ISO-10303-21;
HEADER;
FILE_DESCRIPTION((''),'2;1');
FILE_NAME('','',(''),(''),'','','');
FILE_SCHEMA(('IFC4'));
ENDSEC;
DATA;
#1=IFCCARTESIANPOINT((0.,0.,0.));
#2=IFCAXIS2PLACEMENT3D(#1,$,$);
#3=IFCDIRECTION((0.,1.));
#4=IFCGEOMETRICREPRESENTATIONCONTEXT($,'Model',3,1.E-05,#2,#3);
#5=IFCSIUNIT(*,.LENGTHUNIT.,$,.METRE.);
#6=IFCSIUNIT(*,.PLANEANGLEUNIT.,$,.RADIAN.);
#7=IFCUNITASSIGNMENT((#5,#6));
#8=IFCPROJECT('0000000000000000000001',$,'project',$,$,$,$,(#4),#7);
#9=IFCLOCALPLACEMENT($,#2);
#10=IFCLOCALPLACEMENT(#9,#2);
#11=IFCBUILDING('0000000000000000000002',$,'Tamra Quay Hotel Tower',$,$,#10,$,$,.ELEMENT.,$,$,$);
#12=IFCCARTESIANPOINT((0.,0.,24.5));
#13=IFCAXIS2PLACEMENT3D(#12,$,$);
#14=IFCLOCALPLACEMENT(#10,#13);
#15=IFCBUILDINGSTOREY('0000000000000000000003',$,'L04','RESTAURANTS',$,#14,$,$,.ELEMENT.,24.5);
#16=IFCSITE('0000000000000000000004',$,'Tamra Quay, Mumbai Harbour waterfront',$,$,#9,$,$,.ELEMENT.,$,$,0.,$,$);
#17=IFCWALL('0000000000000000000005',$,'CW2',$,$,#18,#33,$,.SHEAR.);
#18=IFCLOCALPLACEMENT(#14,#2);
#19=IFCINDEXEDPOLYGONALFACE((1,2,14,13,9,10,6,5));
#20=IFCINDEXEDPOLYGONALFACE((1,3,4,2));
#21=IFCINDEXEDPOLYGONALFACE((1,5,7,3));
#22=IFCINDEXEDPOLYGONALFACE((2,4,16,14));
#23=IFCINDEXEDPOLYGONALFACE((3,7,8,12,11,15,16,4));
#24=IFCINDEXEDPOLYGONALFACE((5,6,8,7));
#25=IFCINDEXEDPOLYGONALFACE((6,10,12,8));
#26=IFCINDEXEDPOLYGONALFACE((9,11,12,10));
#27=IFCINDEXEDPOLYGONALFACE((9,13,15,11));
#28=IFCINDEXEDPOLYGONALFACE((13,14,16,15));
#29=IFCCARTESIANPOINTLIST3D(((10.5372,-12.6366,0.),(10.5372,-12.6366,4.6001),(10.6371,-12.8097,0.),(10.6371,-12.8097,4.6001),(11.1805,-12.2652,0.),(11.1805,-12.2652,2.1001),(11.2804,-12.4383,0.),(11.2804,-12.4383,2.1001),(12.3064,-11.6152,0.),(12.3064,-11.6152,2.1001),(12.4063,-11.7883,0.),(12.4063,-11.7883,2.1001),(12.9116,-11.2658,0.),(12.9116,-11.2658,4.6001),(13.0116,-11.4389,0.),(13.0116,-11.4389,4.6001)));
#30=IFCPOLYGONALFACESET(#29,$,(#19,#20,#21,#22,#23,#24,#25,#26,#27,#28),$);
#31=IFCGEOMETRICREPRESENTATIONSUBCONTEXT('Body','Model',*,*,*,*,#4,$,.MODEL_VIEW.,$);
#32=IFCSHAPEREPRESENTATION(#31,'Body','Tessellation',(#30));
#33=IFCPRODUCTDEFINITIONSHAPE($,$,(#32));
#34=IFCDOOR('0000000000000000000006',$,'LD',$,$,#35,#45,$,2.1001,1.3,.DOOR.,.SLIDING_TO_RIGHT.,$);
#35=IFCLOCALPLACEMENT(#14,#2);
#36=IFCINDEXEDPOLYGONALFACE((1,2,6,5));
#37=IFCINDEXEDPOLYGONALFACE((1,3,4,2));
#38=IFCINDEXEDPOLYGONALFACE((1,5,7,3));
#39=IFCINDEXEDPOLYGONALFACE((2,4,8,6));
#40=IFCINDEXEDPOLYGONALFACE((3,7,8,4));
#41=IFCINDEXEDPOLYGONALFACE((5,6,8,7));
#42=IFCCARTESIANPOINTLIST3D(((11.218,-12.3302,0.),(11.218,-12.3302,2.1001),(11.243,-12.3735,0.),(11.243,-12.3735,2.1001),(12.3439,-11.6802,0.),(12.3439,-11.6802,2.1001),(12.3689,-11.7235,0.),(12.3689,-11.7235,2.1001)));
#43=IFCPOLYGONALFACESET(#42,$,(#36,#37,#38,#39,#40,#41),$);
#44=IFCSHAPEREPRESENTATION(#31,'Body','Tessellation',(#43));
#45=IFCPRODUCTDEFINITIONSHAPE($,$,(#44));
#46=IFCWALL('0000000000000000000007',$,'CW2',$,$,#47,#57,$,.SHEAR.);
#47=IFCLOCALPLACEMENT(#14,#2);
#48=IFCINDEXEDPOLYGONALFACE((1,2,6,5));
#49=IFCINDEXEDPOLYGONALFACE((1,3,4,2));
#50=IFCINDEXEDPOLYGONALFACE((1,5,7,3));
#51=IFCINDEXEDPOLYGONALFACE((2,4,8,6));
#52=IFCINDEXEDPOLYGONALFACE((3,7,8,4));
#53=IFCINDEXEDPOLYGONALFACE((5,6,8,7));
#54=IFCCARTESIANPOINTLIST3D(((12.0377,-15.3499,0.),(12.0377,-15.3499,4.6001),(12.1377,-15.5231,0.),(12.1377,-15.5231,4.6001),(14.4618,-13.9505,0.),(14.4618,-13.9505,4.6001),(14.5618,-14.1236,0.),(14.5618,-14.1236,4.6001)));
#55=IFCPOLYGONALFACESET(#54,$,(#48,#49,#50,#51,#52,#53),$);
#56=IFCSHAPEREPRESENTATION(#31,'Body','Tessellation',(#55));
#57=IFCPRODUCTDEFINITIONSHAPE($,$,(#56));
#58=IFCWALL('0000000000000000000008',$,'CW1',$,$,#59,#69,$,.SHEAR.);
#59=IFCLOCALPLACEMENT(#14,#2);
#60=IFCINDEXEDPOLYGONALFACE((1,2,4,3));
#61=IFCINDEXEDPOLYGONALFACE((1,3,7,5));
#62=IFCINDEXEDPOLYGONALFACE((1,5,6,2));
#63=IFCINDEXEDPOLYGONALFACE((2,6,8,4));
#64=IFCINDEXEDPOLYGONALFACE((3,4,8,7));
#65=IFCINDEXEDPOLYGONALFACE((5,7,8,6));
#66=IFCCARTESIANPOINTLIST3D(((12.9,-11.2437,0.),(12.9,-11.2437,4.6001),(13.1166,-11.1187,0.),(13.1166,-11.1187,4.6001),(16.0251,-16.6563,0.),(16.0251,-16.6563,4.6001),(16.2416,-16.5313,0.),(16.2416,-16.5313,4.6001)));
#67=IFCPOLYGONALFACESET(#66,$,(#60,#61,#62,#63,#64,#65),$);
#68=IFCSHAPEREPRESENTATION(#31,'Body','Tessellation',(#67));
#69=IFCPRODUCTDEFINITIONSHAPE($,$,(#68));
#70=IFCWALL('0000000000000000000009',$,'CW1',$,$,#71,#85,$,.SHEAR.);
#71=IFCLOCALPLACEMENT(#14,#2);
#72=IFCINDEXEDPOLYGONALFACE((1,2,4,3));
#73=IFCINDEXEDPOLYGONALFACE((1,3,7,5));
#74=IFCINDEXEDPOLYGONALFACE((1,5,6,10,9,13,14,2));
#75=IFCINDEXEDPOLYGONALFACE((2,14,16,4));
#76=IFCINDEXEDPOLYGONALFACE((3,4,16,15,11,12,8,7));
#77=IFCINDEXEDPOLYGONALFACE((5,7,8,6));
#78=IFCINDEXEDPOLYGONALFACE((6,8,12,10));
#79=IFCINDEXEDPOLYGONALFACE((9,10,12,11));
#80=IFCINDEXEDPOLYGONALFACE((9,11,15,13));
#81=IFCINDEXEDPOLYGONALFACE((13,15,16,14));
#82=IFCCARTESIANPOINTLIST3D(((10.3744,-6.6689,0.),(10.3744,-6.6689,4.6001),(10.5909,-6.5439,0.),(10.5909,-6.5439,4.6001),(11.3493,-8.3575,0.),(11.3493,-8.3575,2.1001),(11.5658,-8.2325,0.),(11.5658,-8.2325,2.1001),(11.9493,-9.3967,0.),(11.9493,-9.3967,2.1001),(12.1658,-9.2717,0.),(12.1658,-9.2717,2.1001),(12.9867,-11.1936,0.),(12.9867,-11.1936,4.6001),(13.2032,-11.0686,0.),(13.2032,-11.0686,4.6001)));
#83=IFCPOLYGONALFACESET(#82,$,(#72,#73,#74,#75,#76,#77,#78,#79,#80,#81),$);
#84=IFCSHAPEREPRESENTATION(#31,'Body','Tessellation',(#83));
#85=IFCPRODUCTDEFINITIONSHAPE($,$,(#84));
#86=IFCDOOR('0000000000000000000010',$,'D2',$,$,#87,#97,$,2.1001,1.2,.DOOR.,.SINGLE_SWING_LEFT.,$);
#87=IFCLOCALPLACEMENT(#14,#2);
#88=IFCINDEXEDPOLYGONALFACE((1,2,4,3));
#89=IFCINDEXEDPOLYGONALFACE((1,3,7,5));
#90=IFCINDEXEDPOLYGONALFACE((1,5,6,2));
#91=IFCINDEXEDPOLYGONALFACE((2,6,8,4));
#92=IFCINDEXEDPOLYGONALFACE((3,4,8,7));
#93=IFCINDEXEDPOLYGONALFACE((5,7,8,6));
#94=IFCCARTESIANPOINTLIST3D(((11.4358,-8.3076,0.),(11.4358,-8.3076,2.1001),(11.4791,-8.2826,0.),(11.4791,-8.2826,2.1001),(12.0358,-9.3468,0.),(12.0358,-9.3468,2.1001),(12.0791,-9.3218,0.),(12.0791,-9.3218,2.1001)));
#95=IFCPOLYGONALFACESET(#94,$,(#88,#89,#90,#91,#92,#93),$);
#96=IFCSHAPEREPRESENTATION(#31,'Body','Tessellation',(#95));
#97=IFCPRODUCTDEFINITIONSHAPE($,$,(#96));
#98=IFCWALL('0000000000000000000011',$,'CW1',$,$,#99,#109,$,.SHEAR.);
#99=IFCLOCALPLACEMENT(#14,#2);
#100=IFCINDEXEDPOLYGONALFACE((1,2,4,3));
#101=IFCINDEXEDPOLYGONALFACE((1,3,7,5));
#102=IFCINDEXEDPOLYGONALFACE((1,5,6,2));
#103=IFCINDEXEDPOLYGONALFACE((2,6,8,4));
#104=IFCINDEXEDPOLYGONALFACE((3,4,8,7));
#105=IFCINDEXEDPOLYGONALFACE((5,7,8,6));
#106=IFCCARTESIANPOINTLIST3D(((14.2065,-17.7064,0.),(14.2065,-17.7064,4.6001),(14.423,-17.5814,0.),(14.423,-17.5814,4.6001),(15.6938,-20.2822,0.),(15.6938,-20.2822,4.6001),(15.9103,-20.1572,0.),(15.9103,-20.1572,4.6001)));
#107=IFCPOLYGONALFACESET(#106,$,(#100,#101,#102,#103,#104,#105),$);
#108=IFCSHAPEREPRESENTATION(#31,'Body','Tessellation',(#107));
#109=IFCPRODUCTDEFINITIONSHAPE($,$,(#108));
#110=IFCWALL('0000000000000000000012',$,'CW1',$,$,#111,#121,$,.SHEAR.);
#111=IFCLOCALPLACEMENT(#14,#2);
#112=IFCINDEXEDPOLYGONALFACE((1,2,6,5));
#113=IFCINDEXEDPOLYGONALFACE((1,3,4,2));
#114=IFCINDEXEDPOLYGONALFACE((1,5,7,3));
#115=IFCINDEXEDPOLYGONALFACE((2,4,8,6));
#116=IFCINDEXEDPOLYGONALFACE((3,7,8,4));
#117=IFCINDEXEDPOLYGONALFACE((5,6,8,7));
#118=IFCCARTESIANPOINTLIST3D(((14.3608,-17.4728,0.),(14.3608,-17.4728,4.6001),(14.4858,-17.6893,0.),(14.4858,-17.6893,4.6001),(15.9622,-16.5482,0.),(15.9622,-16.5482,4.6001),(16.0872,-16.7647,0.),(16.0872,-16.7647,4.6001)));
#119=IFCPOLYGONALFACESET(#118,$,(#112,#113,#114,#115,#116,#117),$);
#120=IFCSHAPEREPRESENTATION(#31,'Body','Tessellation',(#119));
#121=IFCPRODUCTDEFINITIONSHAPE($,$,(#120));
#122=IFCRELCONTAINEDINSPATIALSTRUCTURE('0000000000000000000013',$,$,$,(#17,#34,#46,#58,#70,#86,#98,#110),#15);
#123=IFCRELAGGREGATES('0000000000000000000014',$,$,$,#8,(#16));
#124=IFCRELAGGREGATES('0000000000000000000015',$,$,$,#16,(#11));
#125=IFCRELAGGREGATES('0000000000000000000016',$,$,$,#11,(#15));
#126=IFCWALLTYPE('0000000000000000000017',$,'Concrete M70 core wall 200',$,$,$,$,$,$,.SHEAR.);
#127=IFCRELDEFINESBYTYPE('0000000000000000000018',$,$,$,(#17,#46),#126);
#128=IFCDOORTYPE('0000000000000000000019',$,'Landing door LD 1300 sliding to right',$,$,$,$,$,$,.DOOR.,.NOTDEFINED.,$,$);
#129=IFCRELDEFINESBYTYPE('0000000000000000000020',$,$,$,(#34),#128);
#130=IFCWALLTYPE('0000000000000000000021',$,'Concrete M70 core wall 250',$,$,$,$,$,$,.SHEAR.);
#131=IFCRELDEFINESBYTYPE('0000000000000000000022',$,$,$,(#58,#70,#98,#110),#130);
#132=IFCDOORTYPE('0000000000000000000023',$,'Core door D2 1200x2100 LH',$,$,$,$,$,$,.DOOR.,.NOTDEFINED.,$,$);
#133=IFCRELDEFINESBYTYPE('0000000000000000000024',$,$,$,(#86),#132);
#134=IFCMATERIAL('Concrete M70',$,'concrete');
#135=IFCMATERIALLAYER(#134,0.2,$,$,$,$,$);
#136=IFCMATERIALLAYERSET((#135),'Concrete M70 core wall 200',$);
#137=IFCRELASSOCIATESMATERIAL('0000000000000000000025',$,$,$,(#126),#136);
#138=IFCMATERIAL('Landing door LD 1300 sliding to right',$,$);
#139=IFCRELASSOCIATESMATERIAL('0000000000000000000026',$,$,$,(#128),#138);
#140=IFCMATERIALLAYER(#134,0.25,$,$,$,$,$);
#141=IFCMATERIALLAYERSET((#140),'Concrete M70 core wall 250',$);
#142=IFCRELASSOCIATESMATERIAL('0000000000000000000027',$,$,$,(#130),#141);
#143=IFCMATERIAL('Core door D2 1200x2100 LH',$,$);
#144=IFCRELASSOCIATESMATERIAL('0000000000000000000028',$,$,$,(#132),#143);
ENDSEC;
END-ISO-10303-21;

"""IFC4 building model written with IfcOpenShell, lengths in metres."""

from ifc_helpers import new_model, si_unit, direction, frame, frame_2d, origin, place, context, subcontext, project, spatial, rectangle, extrude, material, layer, layer_set, type_object, element, fill, save


model = new_model("IFC4")

# Units and contexts
model_context = context("Model", 3, precision=1e-05, world=origin(), true_north=direction((0.0, 1.0)))
body_context = subcontext(model_context, "Body", "Model", "MODEL_VIEW")
ifc_project = project(units=[si_unit("LENGTHUNIT", "METRE"), si_unit("PLANEANGLEUNIT", "RADIAN")], contexts=[model_context])

# Site, building, storey
site_placement = place(None, origin())
site = spatial("IfcSite", under=ifc_project, at=site_placement, Name="Tamra Quay, Mumbai Harbour waterfront", CompositionType="ELEMENT", RefElevation=0.0)
building_placement = place(site_placement, origin())
building = spatial("IfcBuilding", under=site, at=building_placement, Name="Tamra Quay Hotel Tower", CompositionType="ELEMENT")
storey_placement = place(building_placement, frame((0.0, 0.0, 24.5)))
storey = spatial("IfcBuildingStorey", under=building, at=storey_placement, Name="L04", Description="RESTAURANTS", CompositionType="ELEMENT", Elevation=24.5)

# Shared definitions
ifc_material_1 = material(Name="Concrete M70", Category="concrete")

# Shared definitions
ifc_layer_1 = layer(ifc_material_1, 0.2)
ifc_layer_set_1 = layer_set([ifc_layer_1], Name="Concrete M70 core wall 200")
wall_type_1 = type_object("IfcWallType", Name="Concrete M70 core wall 200", PredefinedType="SHEAR", material=ifc_layer_set_1)

# Wall, opening, door
wall_1_placement = place(storey_placement, frame((10.5872, -12.7231, 0.0), z_axis=(0.0, 0.0, 1.0), x_axis=(0.866037, 0.499979, 0.0)))
wall_1 = element("IfcWall", 1, at=wall_1_placement, inside=storey, type_object=wall_type_1, Name="CW2", PredefinedType="SHEAR", context=body_context, shape_type="SweptSolid", body=[
    extrude(rectangle(XDim=2.7417, YDim=0.2, at=frame_2d((1.3708, 0.0))), origin(), (0.0, 0.0, 1.0), 4.6001),
])
opening_1_placement = place(wall_1_placement, frame((0.7429, 0.0, 0.0)))
opening_1 = element("IfcOpeningElement", 2, at=opening_1_placement, cuts=wall_1, PredefinedType="OPENING", context=body_context, shape_type="SweptSolid", body=[
    extrude(rectangle(XDim=1.3, YDim=2.1001, at=frame_2d((0.6499, 1.05))), frame((0.0, 0.1099, 0.0), z_axis=(0.0, -1.0, 0.0), x_axis=(1.0, 0.0, 0.0)), (0.0, 0.0, 1.0), 0.22),
])
ifc_material_2 = material(Name="Landing door LD 1300 sliding to right")
door_type_1 = type_object("IfcDoorType", Name="Landing door LD 1300 sliding to right", OperationType="NOTDEFINED", PredefinedType="DOOR", material=ifc_material_2)
door_1_placement = place(opening_1_placement, origin())
door_1 = element("IfcDoor", 3, at=door_1_placement, inside=storey, type_object=door_type_1, Name="LD", OperationType="SLIDING_TO_RIGHT", OverallHeight=2.1001, OverallWidth=1.3, PredefinedType="DOOR", context=body_context, shape_type="SweptSolid", body=[
    extrude(rectangle(XDim=1.3, YDim=2.1001, at=frame_2d((0.6499, 1.05))), frame((0.0, 0.0249, 0.0), z_axis=(0.0, -1.0, 0.0), x_axis=(1.0, 0.0, 0.0)), (0.0, 0.0, 1.0), 0.05),
])
fill(opening_1, door_1)

# Walls
wall_2_placement = place(storey_placement, frame((14.5117, -14.0371, 0.0), z_axis=(0.0, 0.0, 1.0), x_axis=(-0.866045, -0.499967, 0.0)))
element("IfcWall", 4, at=wall_2_placement, inside=storey, type_object=wall_type_1, Name="CW2", PredefinedType="SHEAR", context=body_context, shape_type="SweptSolid", body=[
    extrude(rectangle(XDim=2.7991, YDim=0.2, at=frame_2d((1.3994, 0.0))), origin(), (0.0, 0.0, 1.0), 4.6001),
])
ifc_layer_2 = layer(ifc_material_1, 0.25)
ifc_layer_set_2 = layer_set([ifc_layer_2], Name="Concrete M70 core wall 250")
wall_type_2 = type_object("IfcWallType", Name="Concrete M70 core wall 250", PredefinedType="SHEAR", material=ifc_layer_set_2)
wall_3_placement = place(storey_placement, frame((13.0083, -11.1812, 0.0), z_axis=(0.0, 0.0, 1.0), x_axis=(0.500004, -0.866023, 0.0)))
element("IfcWall", 5, at=wall_3_placement, inside=storey, type_object=wall_type_2, Name="CW1", PredefinedType="SHEAR", context=body_context, shape_type="SweptSolid", body=[
    extrude(rectangle(XDim=6.25, YDim=0.25, at=frame_2d((3.125, 0.0))), origin(), (0.0, 0.0, 1.0), 4.6001),
])

# Wall, opening, door
wall_4_placement = place(storey_placement, frame((10.4827, -6.6064, 0.0), z_axis=(0.0, 0.0, 1.0), x_axis=(0.499999, -0.866026, 0.0)))
wall_4 = element("IfcWall", 6, at=wall_4_placement, inside=storey, type_object=wall_type_2, Name="CW1", PredefinedType="SHEAR", context=body_context, shape_type="SweptSolid", body=[
    extrude(rectangle(XDim=5.2246, YDim=0.25, at=frame_2d((2.6123, 0.0))), origin(), (0.0, 0.0, 1.0), 4.6001),
])
opening_2_placement = place(wall_4_placement, frame((1.9497, 0.0, 0.0)))
opening_2 = element("IfcOpeningElement", 7, at=opening_2_placement, cuts=wall_4, PredefinedType="OPENING", context=body_context, shape_type="SweptSolid", body=[
    extrude(rectangle(XDim=1.2, YDim=2.1001, at=frame_2d((0.6001, 1.05))), frame((0.0, 0.135, 0.0), z_axis=(0.0, -1.0, 0.0), x_axis=(1.0, 0.0, 0.0)), (0.0, 0.0, 1.0), 0.27),
])
ifc_material_3 = material(Name="Core door D2 1200x2100 LH")
door_type_2 = type_object("IfcDoorType", Name="Core door D2 1200x2100 LH", OperationType="NOTDEFINED", PredefinedType="DOOR", material=ifc_material_3)
door_2_placement = place(opening_2_placement, origin())
door_2 = element("IfcDoor", 8, at=door_2_placement, inside=storey, type_object=door_type_2, Name="D2", OperationType="SINGLE_SWING_LEFT", OverallHeight=2.1001, OverallWidth=1.2, PredefinedType="DOOR", context=body_context, shape_type="SweptSolid", body=[
    extrude(rectangle(XDim=1.2, YDim=2.1001, at=frame_2d((0.6001, 1.05))), frame((0.0, 0.0249, 0.0), z_axis=(0.0, -1.0, 0.0), x_axis=(1.0, 0.0, 0.0)), (0.0, 0.0, 1.0), 0.05),
])
fill(opening_2, door_2)

# Walls
wall_5_placement = place(storey_placement, frame((14.3147, -17.6438, 0.0), z_axis=(0.0, 0.0, 1.0), x_axis=(0.500023, -0.866012, 0.0)))
element("IfcWall", 9, at=wall_5_placement, inside=storey, type_object=wall_type_2, Name="CW1", PredefinedType="SHEAR", context=body_context, shape_type="SweptSolid", body=[
    extrude(rectangle(XDim=2.9744, YDim=0.25, at=frame_2d((1.4873, 0.0))), origin(), (0.0, 0.0, 1.0), 4.6001),
])
wall_6_placement = place(storey_placement, frame((16.0247, -16.6565, 0.0), z_axis=(0.0, 0.0, 1.0), x_axis=(-0.866016, -0.500016, 0.0)))
element("IfcWall", 10, at=wall_6_placement, inside=storey, type_object=wall_type_2, Name="CW1", PredefinedType="SHEAR", context=body_context, shape_type="SweptSolid", body=[
    extrude(rectangle(XDim=1.8491, YDim=0.25, at=frame_2d((0.9246, 0.0))), origin(), (0.0, 0.0, 1.0), 4.6001),
])

save(model, "model.ifc")
